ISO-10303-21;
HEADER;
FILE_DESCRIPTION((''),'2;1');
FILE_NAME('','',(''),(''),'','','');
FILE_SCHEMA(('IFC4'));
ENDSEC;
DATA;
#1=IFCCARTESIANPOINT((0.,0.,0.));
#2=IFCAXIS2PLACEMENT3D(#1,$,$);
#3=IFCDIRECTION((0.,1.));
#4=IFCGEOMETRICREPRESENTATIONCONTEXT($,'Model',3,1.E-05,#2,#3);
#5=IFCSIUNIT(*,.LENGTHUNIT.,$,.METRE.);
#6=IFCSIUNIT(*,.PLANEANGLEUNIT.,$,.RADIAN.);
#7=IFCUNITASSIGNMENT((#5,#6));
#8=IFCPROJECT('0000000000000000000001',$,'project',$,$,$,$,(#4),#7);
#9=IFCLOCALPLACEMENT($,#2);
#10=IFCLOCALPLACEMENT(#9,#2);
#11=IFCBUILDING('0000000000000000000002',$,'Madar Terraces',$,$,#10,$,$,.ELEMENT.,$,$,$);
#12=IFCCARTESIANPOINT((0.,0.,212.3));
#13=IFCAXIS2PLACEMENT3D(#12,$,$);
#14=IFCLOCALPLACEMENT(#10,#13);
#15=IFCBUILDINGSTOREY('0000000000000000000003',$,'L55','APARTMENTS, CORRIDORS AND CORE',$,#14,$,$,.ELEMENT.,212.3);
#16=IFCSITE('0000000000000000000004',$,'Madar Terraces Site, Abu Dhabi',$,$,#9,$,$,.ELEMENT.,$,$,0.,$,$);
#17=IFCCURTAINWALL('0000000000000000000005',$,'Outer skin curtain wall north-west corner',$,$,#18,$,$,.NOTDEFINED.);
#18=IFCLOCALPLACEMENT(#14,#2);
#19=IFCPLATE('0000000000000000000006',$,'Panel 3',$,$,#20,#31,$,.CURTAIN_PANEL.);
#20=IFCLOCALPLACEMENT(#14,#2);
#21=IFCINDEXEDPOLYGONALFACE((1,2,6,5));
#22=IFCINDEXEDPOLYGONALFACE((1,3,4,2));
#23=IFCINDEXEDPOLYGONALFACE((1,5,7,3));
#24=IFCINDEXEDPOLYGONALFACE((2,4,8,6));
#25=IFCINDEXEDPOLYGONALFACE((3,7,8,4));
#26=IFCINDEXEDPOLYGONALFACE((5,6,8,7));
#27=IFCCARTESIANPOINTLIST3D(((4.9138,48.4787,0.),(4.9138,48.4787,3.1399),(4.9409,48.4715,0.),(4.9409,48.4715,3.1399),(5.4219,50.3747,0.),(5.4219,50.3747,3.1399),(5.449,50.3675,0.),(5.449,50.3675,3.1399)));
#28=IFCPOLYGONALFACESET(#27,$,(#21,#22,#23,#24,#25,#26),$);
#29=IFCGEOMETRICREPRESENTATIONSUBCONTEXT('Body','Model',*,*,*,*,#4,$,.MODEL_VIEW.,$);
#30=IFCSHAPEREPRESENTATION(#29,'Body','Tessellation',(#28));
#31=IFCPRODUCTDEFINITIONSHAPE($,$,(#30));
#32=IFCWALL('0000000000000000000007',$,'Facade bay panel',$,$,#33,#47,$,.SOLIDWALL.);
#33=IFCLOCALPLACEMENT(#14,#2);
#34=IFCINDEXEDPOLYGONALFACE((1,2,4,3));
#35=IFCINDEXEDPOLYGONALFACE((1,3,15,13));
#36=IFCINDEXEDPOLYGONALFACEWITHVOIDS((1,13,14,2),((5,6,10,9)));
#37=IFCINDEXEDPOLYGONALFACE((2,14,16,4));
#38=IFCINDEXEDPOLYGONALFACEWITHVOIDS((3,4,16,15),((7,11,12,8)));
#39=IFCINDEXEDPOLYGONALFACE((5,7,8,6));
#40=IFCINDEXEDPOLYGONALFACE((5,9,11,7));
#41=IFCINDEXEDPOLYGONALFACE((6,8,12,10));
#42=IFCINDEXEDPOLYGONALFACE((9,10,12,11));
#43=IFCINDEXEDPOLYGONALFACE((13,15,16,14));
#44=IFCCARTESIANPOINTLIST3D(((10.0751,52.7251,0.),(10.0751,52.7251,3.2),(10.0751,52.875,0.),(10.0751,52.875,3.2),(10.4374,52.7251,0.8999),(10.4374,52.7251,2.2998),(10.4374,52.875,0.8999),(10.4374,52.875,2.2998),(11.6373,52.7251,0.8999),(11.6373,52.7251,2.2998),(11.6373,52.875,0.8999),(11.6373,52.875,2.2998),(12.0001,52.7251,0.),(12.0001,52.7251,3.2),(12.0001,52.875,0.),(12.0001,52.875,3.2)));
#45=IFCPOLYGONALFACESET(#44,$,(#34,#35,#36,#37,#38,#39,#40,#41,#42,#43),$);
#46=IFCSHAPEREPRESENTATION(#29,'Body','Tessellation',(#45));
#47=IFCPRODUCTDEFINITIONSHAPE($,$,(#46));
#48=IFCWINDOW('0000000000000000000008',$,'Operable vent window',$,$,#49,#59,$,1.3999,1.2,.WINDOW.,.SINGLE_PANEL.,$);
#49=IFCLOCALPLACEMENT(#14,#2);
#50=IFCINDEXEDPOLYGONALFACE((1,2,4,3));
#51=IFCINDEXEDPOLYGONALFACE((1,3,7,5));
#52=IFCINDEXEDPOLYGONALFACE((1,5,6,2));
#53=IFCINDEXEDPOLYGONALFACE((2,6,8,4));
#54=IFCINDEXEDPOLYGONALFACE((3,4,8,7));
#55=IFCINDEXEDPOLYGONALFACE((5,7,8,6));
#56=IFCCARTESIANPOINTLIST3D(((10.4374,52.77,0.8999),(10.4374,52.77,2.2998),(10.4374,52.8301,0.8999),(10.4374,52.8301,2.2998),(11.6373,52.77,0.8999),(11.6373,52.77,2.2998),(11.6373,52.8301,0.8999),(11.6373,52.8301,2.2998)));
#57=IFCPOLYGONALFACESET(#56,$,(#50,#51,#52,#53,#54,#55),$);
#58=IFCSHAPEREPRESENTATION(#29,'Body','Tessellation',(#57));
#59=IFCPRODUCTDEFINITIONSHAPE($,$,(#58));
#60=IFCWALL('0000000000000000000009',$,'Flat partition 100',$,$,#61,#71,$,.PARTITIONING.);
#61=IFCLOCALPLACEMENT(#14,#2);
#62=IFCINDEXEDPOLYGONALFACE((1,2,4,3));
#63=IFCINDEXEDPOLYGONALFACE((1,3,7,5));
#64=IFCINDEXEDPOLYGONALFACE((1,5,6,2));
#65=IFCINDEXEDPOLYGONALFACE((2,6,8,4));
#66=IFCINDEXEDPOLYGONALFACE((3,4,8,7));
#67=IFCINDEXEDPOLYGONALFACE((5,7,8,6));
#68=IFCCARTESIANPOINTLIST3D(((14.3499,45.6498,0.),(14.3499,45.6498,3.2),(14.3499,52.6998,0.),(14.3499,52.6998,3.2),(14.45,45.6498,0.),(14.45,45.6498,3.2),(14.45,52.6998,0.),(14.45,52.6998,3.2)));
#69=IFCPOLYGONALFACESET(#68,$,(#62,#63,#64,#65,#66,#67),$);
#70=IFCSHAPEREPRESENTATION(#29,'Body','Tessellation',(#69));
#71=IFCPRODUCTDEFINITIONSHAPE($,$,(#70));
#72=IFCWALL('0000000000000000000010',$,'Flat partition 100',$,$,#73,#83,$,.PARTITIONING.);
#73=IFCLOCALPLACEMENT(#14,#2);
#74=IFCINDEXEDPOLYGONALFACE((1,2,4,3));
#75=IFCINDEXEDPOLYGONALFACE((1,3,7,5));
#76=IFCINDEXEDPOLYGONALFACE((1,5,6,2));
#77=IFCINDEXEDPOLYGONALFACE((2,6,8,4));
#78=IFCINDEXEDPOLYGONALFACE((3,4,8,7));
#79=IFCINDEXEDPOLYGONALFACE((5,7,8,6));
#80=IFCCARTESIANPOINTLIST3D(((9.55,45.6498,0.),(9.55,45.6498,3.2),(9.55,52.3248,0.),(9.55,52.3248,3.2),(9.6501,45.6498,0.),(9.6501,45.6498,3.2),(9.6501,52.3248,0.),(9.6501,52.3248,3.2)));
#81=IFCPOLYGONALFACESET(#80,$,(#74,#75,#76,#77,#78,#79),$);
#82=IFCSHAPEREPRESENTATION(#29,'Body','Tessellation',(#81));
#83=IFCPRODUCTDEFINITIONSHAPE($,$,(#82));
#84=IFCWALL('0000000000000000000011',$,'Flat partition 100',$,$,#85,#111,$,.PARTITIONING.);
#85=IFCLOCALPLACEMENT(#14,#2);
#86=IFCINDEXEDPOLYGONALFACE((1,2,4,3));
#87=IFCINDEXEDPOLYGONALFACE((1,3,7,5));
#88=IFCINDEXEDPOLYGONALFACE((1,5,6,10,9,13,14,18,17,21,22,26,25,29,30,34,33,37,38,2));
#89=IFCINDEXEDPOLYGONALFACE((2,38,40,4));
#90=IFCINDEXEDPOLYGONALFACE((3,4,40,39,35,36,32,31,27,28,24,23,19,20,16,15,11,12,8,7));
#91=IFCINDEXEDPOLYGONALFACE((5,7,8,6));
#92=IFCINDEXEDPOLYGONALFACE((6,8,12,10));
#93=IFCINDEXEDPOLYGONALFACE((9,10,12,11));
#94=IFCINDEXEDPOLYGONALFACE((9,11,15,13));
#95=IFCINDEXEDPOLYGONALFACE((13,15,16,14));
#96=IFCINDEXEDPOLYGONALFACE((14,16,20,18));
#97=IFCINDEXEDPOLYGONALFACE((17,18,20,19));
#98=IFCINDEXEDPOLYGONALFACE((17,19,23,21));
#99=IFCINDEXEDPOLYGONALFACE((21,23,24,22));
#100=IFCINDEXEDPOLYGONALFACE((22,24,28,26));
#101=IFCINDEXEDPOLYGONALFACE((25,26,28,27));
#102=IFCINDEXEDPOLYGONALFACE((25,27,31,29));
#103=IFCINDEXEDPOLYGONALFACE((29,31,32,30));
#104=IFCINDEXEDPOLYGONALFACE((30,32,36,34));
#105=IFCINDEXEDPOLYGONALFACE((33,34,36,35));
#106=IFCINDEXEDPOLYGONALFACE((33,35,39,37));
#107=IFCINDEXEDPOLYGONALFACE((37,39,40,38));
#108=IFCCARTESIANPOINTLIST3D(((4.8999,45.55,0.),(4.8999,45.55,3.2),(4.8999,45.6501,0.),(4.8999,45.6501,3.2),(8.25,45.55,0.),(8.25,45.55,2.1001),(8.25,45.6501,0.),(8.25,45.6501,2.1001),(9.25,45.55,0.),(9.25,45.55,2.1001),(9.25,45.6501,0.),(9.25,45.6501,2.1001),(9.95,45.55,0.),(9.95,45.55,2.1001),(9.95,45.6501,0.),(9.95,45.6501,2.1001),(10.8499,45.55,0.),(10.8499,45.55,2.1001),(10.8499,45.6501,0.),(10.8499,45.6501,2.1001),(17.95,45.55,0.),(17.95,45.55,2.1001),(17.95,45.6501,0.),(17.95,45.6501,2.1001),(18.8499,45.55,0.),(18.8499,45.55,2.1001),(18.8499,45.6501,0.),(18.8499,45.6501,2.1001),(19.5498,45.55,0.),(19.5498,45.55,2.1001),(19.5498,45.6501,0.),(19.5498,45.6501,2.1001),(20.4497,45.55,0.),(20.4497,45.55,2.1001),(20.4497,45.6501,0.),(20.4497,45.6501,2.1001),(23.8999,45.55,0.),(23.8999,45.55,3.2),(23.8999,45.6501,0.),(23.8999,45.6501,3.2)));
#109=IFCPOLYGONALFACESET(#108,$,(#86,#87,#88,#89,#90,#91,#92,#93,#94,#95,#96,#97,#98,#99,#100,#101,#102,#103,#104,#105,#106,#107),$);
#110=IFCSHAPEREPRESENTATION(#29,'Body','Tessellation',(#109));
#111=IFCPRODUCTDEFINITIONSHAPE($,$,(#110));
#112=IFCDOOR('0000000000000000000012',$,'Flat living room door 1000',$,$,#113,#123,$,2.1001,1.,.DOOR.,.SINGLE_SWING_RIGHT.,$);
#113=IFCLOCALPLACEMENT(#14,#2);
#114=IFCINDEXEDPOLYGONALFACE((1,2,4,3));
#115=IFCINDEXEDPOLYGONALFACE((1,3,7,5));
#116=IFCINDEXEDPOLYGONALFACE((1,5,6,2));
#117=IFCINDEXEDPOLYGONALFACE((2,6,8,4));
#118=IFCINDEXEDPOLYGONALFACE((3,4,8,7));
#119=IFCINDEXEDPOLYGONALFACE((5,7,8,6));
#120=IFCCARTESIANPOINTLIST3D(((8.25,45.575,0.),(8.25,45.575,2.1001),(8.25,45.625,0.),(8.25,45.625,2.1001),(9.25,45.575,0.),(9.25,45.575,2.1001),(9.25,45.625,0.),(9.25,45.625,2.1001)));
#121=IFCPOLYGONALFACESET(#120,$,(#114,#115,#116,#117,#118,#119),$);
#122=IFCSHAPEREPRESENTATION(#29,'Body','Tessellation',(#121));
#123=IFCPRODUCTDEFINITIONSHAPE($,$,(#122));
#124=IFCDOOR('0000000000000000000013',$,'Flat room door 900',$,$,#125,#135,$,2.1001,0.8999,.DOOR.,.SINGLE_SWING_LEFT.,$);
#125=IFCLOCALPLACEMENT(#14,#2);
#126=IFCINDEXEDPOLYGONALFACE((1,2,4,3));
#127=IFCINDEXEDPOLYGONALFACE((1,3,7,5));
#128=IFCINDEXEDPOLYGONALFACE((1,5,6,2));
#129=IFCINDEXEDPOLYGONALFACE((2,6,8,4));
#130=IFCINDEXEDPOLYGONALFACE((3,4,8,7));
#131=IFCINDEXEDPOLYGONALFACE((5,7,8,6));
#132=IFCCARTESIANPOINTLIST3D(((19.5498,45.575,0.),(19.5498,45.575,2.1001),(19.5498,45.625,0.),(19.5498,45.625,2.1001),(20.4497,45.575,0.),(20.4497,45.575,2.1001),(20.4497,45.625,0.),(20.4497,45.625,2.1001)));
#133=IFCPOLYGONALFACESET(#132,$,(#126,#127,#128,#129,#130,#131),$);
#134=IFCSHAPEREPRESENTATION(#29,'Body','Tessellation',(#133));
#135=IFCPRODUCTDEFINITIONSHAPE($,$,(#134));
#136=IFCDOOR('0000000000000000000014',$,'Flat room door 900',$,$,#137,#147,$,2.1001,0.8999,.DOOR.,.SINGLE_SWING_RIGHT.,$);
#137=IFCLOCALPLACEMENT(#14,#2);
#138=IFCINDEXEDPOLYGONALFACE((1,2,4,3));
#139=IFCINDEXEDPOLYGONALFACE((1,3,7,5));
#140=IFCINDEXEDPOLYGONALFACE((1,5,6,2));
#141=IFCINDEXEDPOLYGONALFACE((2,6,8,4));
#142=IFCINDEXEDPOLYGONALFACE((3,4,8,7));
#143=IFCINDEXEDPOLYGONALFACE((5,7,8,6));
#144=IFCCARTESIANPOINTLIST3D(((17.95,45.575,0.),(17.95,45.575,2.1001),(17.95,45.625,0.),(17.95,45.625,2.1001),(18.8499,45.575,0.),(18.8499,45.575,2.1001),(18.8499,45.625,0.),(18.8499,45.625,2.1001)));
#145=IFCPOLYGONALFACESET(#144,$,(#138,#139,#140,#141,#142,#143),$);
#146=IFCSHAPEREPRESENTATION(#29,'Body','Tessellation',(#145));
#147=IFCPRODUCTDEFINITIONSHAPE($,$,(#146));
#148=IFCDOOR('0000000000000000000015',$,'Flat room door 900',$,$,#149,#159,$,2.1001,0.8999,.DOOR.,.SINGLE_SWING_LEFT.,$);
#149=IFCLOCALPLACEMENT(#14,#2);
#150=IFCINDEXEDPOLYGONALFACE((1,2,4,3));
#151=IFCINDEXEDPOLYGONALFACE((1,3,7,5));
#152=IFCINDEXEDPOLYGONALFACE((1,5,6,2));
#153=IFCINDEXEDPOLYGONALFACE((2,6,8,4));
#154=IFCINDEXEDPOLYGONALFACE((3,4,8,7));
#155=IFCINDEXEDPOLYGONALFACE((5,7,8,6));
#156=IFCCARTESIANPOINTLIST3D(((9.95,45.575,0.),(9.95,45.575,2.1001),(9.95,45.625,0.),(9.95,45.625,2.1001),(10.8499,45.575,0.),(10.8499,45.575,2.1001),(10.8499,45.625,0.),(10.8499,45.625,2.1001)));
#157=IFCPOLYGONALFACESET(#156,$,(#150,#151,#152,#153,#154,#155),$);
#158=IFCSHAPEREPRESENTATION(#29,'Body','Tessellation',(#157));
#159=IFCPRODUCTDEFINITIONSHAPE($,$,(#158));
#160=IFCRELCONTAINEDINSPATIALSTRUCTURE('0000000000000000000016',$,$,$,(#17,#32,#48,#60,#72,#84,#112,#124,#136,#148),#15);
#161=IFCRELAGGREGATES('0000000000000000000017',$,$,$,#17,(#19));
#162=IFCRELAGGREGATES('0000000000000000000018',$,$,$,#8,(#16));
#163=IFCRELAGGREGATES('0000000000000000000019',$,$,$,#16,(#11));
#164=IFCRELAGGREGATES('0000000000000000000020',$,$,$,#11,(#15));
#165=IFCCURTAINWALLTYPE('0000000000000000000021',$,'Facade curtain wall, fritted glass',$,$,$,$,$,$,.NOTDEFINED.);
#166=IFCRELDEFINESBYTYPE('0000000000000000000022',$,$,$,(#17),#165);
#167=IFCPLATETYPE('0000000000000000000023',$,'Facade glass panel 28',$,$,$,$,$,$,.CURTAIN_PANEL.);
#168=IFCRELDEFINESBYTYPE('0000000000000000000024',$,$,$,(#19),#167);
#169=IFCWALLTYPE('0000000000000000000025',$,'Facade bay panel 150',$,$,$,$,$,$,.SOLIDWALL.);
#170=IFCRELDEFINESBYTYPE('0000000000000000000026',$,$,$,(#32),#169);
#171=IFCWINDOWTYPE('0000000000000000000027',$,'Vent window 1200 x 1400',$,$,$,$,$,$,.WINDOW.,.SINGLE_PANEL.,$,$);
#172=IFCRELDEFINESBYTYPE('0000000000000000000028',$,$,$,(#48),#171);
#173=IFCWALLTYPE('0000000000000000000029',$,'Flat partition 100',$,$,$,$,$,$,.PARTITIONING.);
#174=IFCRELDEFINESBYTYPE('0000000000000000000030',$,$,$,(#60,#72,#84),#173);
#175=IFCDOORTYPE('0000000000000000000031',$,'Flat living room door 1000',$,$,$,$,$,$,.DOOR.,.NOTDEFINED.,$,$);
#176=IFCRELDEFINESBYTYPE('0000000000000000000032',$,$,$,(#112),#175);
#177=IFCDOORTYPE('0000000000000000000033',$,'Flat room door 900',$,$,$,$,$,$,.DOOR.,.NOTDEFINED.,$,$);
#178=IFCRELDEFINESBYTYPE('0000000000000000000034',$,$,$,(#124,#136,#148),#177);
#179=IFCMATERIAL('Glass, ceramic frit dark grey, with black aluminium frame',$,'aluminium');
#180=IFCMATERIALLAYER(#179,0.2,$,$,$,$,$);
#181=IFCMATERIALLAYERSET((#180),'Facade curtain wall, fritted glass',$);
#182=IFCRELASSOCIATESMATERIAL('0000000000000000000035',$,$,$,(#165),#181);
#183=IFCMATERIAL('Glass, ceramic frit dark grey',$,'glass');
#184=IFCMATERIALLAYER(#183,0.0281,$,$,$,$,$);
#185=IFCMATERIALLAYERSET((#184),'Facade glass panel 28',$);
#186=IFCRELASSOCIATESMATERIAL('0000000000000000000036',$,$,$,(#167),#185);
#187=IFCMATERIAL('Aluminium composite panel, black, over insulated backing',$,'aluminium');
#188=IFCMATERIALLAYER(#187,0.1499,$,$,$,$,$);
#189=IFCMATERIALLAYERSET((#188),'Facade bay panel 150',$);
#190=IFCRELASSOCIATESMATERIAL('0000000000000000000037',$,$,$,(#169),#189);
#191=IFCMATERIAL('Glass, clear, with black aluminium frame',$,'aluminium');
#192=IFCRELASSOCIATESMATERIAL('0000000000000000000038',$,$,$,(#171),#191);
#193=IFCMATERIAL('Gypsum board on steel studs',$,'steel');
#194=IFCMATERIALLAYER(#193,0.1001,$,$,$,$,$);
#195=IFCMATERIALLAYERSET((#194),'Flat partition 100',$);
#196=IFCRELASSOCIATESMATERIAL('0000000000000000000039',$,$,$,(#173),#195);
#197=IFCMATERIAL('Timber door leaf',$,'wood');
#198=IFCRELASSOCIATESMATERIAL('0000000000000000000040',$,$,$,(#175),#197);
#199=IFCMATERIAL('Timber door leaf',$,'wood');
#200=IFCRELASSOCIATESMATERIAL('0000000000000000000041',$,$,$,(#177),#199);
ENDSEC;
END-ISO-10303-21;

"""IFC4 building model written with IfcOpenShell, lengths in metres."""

from ifc_helpers import new_model, si_unit, direction, frame, frame_2d, origin, origin_2d, place, context, subcontext, project, spatial, rectangle, extrude, material, layer, layer_set, type_object, element, fill, aggregate, save


model = new_model("IFC4")

# Units and contexts
model_context = context("Model", 3, precision=1e-05, world=origin(), true_north=direction((0.0, 1.0)))
body_context = subcontext(model_context, "Body", "Model", "MODEL_VIEW")
ifc_project = project(units=[si_unit("LENGTHUNIT", "METRE"), si_unit("PLANEANGLEUNIT", "RADIAN")], contexts=[model_context])

# Site, building, storey
site_placement = place(None, origin())
site = spatial("IfcSite", under=ifc_project, at=site_placement, Name="Madar Terraces Site, Abu Dhabi", CompositionType="ELEMENT", RefElevation=0.0)
building_placement = place(site_placement, origin())
building = spatial("IfcBuilding", under=site, at=building_placement, Name="Madar Terraces", CompositionType="ELEMENT")
storey_placement = place(building_placement, frame((0.0, 0.0, 212.3)))
storey = spatial("IfcBuildingStorey", under=building, at=storey_placement, Name="L55", Description="APARTMENTS, CORRIDORS AND CORE", CompositionType="ELEMENT", Elevation=212.3)

# Shared definitions
ifc_material_1 = material(Name="Glass, ceramic frit dark grey, with black aluminium frame", Category="aluminium")
ifc_layer_1 = layer(ifc_material_1, 0.2)
ifc_layer_set_1 = layer_set([ifc_layer_1], Name="Facade curtain wall, fritted glass")
curtain_wall_type = type_object("IfcCurtainWallType", Name="Facade curtain wall, fritted glass", PredefinedType="NOTDEFINED", material=ifc_layer_set_1)

# Curtain wall
curtain_wall_1_placement = place(storey_placement, origin())
curtain_wall_1 = element("IfcCurtainWall", 1, at=curtain_wall_1_placement, inside=storey, type_object=curtain_wall_type, Name="Outer skin curtain wall north-west corner", PredefinedType="NOTDEFINED")

# Shared definitions
ifc_material_2 = material(Name="Glass, ceramic frit dark grey", Category="glass")
ifc_layer_2 = layer(ifc_material_2, 0.0281)
ifc_layer_set_2 = layer_set([ifc_layer_2], Name="Facade glass panel 28")
plate_type = type_object("IfcPlateType", Name="Facade glass panel 28", PredefinedType="CURTAIN_PANEL", material=ifc_layer_set_2)

# Plate
plate_1_placement = place(storey_placement, frame((5.1814, 49.4231, 0.0), z_axis=(0.0, 0.0, 1.0), x_axis=(-0.258819, -0.965926, 0.0)))
plate_1 = element("IfcPlate", 2, at=plate_1_placement, type_object=plate_type, Name="Panel 3", PredefinedType="CURTAIN_PANEL", context=body_context, shape_type="SweptSolid", body=[
    extrude(rectangle(XDim=1.9629, YDim=0.0281, at=origin_2d()), origin(), (0.0, 0.0, 1.0), 3.1399),
])
aggregate(curtain_wall_1, [plate_1])

# Wall, opening, window
ifc_material_3 = material(Name="Aluminium composite panel, black, over insulated backing", Category="aluminium")
ifc_layer_3 = layer(ifc_material_3, 0.1499)
ifc_layer_set_3 = layer_set([ifc_layer_3], Name="Facade bay panel 150")
wall_type_1 = type_object("IfcWallType", Name="Facade bay panel 150", PredefinedType="SOLIDWALL", material=ifc_layer_set_3)
wall_1_placement = place(storey_placement, frame((12.0, 52.8, 0.0), z_axis=(0.0, 0.0, 1.0), x_axis=(-1.0, 0.0, 0.0)))
wall_1 = element("IfcWall", 3, at=wall_1_placement, inside=storey, type_object=wall_type_1, Name="Facade bay panel", PredefinedType="SOLIDWALL", context=body_context, shape_type="SweptSolid", body=[
    extrude(rectangle(XDim=1.925, YDim=0.1499, at=frame_2d((0.9624, 0.0))), origin(), (0.0, 0.0, 1.0), 3.2),
])
opening_1_placement = place(wall_1_placement, frame((0.3625, 0.0, 0.8999)))
opening_1 = element("IfcOpeningElement", 4, at=opening_1_placement, cuts=wall_1, PredefinedType="OPENING", context=body_context, shape_type="SweptSolid", body=[
    extrude(rectangle(XDim=1.2, YDim=1.3999, at=frame_2d((0.6001, 0.7))), frame((0.0, 0.085, 0.0), z_axis=(0.0, -1.0, 0.0), x_axis=(1.0, 0.0, 0.0)), (0.0, 0.0, 1.0), 0.1699),
])
ifc_material_4 = material(Name="Glass, clear, with black aluminium frame", Category="aluminium")
window_type = type_object("IfcWindowType", Name="Vent window 1200 x 1400", PartitioningType="SINGLE_PANEL", PredefinedType="WINDOW", material=ifc_material_4)
window_placement = place(opening_1_placement, origin())
window = element("IfcWindow", 5, at=window_placement, inside=storey, type_object=window_type, Name="Operable vent window", OverallHeight=1.3999, OverallWidth=1.2, PartitioningType="SINGLE_PANEL", PredefinedType="WINDOW", context=body_context, shape_type="SweptSolid", body=[
    extrude(rectangle(XDim=1.2, YDim=1.3999, at=frame_2d((0.6001, 0.7))), frame((0.0, 0.03, 0.0), z_axis=(0.0, -1.0, 0.0), x_axis=(1.0, 0.0, 0.0)), (0.0, 0.0, 1.0), 0.0601),
])
fill(opening_1, window)

# Walls
ifc_material_5 = material(Name="Gypsum board on steel studs", Category="steel")
ifc_layer_4 = layer(ifc_material_5, 0.1001)
ifc_layer_set_4 = layer_set([ifc_layer_4], Name="Flat partition 100")
wall_type_2 = type_object("IfcWallType", Name="Flat partition 100", PredefinedType="PARTITIONING", material=ifc_layer_set_4)
wall_2_placement = place(storey_placement, frame((14.3999, 45.6499, 0.0), z_axis=(0.0, 0.0, 1.0), x_axis=(0.0, 1.0, 0.0)))
element("IfcWall", 6, at=wall_2_placement, inside=storey, type_object=wall_type_2, Name="Flat partition 100", PredefinedType="PARTITIONING", context=body_context, shape_type="SweptSolid", body=[
    extrude(rectangle(XDim=7.05, YDim=0.1001, at=frame_2d((3.5249, 0.0))), origin(), (0.0, 0.0, 1.0), 3.2),
])
wall_3_placement = place(storey_placement, frame((9.6001, 45.6499, 0.0), z_axis=(0.0, 0.0, 1.0), x_axis=(0.0, 1.0, 0.0)))
element("IfcWall", 7, at=wall_3_placement, inside=storey, type_object=wall_type_2, Name="Flat partition 100", PredefinedType="PARTITIONING", context=body_context, shape_type="SweptSolid", body=[
    extrude(rectangle(XDim=6.675, YDim=0.1001, at=frame_2d((3.3374, 0.0))), origin(), (0.0, 0.0, 1.0), 3.2),
])

# Wall, openings, doors
wall_4_placement = place(storey_placement, frame((4.8999, 45.6001, 0.0), z_axis=(0.0, 0.0, 1.0), x_axis=(1.0, 0.0, 0.0)))
wall_4 = element("IfcWall", 8, at=wall_4_placement, inside=storey, type_object=wall_type_2, Name="Flat partition 100", PredefinedType="PARTITIONING", context=body_context, shape_type="SweptSolid", body=[
    extrude(rectangle(XDim=19.0, YDim=0.1001, at=frame_2d((9.5, 0.0))), origin(), (0.0, 0.0, 1.0), 3.2),
])
opening_2_placement = place(wall_4_placement, frame((14.6499, 0.0, 0.0)))
opening_2 = element("IfcOpeningElement", 9, at=opening_2_placement, cuts=wall_4, PredefinedType="OPENING", context=body_context, shape_type="SweptSolid", body=[
    extrude(rectangle(XDim=0.8999, YDim=2.1001, at=frame_2d((0.45, 1.05))), frame((0.0, 0.0601, 0.0), z_axis=(0.0, -1.0, 0.0), x_axis=(1.0, 0.0, 0.0)), (0.0, 0.0, 1.0), 0.1201),
])
opening_3_placement = place(wall_4_placement, frame((13.05, 0.0, 0.0)))
opening_3 = element("IfcOpeningElement", 10, at=opening_3_placement, cuts=wall_4, PredefinedType="OPENING", context=body_context, shape_type="SweptSolid", body=[
    extrude(rectangle(XDim=0.8999, YDim=2.1001, at=frame_2d((0.45, 1.05))), frame((0.0, 0.0601, 0.0), z_axis=(0.0, -1.0, 0.0), x_axis=(1.0, 0.0, 0.0)), (0.0, 0.0, 1.0), 0.1201),
])
opening_4_placement = place(wall_4_placement, frame((5.05, 0.0, 0.0)))
opening_4 = element("IfcOpeningElement", 11, at=opening_4_placement, cuts=wall_4, PredefinedType="OPENING", context=body_context, shape_type="SweptSolid", body=[
    extrude(rectangle(XDim=0.8999, YDim=2.1001, at=frame_2d((0.45, 1.05))), frame((0.0, 0.0601, 0.0), z_axis=(0.0, -1.0, 0.0), x_axis=(1.0, 0.0, 0.0)), (0.0, 0.0, 1.0), 0.1201),
])
opening_5_placement = place(wall_4_placement, frame((3.3501, 0.0, 0.0)))
opening_5 = element("IfcOpeningElement", 12, at=opening_5_placement, cuts=wall_4, PredefinedType="OPENING", context=body_context, shape_type="SweptSolid", body=[
    extrude(rectangle(XDim=1.0, YDim=2.1001, at=frame_2d((0.5, 1.05))), frame((0.0, 0.0601, 0.0), z_axis=(0.0, -1.0, 0.0), x_axis=(1.0, 0.0, 0.0)), (0.0, 0.0, 1.0), 0.1201),
])
ifc_material_6 = material(Name="Timber door leaf", Category="wood")
door_type_1 = type_object("IfcDoorType", Name="Flat living room door 1000", OperationType="NOTDEFINED", PredefinedType="DOOR", material=ifc_material_6)
door_1_placement = place(opening_5_placement, origin())
door_1 = element("IfcDoor", 13, at=door_1_placement, inside=storey, type_object=door_type_1, Name="Flat living room door 1000", OperationType="SINGLE_SWING_RIGHT", OverallHeight=2.1001, OverallWidth=1.0, PredefinedType="DOOR", context=body_context, shape_type="SweptSolid", body=[
    extrude(rectangle(XDim=1.0, YDim=2.1001, at=frame_2d((0.5, 1.05))), frame((0.0, 0.0249, 0.0), z_axis=(0.0, -1.0, 0.0), x_axis=(1.0, 0.0, 0.0)), (0.0, 0.0, 1.0), 0.05),
])
fill(opening_5, door_1)
ifc_material_7 = material(Name="Timber door leaf", Category="wood")
door_type_2 = type_object("IfcDoorType", Name="Flat room door 900", OperationType="NOTDEFINED", PredefinedType="DOOR", material=ifc_material_7)
door_2_placement = place(opening_2_placement, origin())
door_2 = element("IfcDoor", 14, at=door_2_placement, inside=storey, type_object=door_type_2, Name="Flat room door 900", OperationType="SINGLE_SWING_LEFT", OverallHeight=2.1001, OverallWidth=0.8999, PredefinedType="DOOR", context=body_context, shape_type="SweptSolid", body=[
    extrude(rectangle(XDim=0.8999, YDim=2.1001, at=frame_2d((0.45, 1.05))), frame((0.0, 0.0249, 0.0), z_axis=(0.0, -1.0, 0.0), x_axis=(1.0, 0.0, 0.0)), (0.0, 0.0, 1.0), 0.05),
])
fill(opening_2, door_2)
door_3_placement = place(opening_3_placement, origin())
door_3 = element("IfcDoor", 15, at=door_3_placement, inside=storey, type_object=door_type_2, Name="Flat room door 900", OperationType="SINGLE_SWING_RIGHT", OverallHeight=2.1001, OverallWidth=0.8999, PredefinedType="DOOR", context=body_context, shape_type="SweptSolid", body=[
    extrude(rectangle(XDim=0.8999, YDim=2.1001, at=frame_2d((0.45, 1.05))), frame((0.0, 0.0249, 0.0), z_axis=(0.0, -1.0, 0.0), x_axis=(1.0, 0.0, 0.0)), (0.0, 0.0, 1.0), 0.05),
])
fill(opening_3, door_3)
door_4_placement = place(opening_4_placement, origin())
door_4 = element("IfcDoor", 16, at=door_4_placement, inside=storey, type_object=door_type_2, Name="Flat room door 900", OperationType="SINGLE_SWING_LEFT", OverallHeight=2.1001, OverallWidth=0.8999, PredefinedType="DOOR", context=body_context, shape_type="SweptSolid", body=[
    extrude(rectangle(XDim=0.8999, YDim=2.1001, at=frame_2d((0.45, 1.05))), frame((0.0, 0.0249, 0.0), z_axis=(0.0, -1.0, 0.0), x_axis=(1.0, 0.0, 0.0)), (0.0, 0.0, 1.0), 0.05),
])
fill(opening_4, door_4)

save(model, "model.ifc")
